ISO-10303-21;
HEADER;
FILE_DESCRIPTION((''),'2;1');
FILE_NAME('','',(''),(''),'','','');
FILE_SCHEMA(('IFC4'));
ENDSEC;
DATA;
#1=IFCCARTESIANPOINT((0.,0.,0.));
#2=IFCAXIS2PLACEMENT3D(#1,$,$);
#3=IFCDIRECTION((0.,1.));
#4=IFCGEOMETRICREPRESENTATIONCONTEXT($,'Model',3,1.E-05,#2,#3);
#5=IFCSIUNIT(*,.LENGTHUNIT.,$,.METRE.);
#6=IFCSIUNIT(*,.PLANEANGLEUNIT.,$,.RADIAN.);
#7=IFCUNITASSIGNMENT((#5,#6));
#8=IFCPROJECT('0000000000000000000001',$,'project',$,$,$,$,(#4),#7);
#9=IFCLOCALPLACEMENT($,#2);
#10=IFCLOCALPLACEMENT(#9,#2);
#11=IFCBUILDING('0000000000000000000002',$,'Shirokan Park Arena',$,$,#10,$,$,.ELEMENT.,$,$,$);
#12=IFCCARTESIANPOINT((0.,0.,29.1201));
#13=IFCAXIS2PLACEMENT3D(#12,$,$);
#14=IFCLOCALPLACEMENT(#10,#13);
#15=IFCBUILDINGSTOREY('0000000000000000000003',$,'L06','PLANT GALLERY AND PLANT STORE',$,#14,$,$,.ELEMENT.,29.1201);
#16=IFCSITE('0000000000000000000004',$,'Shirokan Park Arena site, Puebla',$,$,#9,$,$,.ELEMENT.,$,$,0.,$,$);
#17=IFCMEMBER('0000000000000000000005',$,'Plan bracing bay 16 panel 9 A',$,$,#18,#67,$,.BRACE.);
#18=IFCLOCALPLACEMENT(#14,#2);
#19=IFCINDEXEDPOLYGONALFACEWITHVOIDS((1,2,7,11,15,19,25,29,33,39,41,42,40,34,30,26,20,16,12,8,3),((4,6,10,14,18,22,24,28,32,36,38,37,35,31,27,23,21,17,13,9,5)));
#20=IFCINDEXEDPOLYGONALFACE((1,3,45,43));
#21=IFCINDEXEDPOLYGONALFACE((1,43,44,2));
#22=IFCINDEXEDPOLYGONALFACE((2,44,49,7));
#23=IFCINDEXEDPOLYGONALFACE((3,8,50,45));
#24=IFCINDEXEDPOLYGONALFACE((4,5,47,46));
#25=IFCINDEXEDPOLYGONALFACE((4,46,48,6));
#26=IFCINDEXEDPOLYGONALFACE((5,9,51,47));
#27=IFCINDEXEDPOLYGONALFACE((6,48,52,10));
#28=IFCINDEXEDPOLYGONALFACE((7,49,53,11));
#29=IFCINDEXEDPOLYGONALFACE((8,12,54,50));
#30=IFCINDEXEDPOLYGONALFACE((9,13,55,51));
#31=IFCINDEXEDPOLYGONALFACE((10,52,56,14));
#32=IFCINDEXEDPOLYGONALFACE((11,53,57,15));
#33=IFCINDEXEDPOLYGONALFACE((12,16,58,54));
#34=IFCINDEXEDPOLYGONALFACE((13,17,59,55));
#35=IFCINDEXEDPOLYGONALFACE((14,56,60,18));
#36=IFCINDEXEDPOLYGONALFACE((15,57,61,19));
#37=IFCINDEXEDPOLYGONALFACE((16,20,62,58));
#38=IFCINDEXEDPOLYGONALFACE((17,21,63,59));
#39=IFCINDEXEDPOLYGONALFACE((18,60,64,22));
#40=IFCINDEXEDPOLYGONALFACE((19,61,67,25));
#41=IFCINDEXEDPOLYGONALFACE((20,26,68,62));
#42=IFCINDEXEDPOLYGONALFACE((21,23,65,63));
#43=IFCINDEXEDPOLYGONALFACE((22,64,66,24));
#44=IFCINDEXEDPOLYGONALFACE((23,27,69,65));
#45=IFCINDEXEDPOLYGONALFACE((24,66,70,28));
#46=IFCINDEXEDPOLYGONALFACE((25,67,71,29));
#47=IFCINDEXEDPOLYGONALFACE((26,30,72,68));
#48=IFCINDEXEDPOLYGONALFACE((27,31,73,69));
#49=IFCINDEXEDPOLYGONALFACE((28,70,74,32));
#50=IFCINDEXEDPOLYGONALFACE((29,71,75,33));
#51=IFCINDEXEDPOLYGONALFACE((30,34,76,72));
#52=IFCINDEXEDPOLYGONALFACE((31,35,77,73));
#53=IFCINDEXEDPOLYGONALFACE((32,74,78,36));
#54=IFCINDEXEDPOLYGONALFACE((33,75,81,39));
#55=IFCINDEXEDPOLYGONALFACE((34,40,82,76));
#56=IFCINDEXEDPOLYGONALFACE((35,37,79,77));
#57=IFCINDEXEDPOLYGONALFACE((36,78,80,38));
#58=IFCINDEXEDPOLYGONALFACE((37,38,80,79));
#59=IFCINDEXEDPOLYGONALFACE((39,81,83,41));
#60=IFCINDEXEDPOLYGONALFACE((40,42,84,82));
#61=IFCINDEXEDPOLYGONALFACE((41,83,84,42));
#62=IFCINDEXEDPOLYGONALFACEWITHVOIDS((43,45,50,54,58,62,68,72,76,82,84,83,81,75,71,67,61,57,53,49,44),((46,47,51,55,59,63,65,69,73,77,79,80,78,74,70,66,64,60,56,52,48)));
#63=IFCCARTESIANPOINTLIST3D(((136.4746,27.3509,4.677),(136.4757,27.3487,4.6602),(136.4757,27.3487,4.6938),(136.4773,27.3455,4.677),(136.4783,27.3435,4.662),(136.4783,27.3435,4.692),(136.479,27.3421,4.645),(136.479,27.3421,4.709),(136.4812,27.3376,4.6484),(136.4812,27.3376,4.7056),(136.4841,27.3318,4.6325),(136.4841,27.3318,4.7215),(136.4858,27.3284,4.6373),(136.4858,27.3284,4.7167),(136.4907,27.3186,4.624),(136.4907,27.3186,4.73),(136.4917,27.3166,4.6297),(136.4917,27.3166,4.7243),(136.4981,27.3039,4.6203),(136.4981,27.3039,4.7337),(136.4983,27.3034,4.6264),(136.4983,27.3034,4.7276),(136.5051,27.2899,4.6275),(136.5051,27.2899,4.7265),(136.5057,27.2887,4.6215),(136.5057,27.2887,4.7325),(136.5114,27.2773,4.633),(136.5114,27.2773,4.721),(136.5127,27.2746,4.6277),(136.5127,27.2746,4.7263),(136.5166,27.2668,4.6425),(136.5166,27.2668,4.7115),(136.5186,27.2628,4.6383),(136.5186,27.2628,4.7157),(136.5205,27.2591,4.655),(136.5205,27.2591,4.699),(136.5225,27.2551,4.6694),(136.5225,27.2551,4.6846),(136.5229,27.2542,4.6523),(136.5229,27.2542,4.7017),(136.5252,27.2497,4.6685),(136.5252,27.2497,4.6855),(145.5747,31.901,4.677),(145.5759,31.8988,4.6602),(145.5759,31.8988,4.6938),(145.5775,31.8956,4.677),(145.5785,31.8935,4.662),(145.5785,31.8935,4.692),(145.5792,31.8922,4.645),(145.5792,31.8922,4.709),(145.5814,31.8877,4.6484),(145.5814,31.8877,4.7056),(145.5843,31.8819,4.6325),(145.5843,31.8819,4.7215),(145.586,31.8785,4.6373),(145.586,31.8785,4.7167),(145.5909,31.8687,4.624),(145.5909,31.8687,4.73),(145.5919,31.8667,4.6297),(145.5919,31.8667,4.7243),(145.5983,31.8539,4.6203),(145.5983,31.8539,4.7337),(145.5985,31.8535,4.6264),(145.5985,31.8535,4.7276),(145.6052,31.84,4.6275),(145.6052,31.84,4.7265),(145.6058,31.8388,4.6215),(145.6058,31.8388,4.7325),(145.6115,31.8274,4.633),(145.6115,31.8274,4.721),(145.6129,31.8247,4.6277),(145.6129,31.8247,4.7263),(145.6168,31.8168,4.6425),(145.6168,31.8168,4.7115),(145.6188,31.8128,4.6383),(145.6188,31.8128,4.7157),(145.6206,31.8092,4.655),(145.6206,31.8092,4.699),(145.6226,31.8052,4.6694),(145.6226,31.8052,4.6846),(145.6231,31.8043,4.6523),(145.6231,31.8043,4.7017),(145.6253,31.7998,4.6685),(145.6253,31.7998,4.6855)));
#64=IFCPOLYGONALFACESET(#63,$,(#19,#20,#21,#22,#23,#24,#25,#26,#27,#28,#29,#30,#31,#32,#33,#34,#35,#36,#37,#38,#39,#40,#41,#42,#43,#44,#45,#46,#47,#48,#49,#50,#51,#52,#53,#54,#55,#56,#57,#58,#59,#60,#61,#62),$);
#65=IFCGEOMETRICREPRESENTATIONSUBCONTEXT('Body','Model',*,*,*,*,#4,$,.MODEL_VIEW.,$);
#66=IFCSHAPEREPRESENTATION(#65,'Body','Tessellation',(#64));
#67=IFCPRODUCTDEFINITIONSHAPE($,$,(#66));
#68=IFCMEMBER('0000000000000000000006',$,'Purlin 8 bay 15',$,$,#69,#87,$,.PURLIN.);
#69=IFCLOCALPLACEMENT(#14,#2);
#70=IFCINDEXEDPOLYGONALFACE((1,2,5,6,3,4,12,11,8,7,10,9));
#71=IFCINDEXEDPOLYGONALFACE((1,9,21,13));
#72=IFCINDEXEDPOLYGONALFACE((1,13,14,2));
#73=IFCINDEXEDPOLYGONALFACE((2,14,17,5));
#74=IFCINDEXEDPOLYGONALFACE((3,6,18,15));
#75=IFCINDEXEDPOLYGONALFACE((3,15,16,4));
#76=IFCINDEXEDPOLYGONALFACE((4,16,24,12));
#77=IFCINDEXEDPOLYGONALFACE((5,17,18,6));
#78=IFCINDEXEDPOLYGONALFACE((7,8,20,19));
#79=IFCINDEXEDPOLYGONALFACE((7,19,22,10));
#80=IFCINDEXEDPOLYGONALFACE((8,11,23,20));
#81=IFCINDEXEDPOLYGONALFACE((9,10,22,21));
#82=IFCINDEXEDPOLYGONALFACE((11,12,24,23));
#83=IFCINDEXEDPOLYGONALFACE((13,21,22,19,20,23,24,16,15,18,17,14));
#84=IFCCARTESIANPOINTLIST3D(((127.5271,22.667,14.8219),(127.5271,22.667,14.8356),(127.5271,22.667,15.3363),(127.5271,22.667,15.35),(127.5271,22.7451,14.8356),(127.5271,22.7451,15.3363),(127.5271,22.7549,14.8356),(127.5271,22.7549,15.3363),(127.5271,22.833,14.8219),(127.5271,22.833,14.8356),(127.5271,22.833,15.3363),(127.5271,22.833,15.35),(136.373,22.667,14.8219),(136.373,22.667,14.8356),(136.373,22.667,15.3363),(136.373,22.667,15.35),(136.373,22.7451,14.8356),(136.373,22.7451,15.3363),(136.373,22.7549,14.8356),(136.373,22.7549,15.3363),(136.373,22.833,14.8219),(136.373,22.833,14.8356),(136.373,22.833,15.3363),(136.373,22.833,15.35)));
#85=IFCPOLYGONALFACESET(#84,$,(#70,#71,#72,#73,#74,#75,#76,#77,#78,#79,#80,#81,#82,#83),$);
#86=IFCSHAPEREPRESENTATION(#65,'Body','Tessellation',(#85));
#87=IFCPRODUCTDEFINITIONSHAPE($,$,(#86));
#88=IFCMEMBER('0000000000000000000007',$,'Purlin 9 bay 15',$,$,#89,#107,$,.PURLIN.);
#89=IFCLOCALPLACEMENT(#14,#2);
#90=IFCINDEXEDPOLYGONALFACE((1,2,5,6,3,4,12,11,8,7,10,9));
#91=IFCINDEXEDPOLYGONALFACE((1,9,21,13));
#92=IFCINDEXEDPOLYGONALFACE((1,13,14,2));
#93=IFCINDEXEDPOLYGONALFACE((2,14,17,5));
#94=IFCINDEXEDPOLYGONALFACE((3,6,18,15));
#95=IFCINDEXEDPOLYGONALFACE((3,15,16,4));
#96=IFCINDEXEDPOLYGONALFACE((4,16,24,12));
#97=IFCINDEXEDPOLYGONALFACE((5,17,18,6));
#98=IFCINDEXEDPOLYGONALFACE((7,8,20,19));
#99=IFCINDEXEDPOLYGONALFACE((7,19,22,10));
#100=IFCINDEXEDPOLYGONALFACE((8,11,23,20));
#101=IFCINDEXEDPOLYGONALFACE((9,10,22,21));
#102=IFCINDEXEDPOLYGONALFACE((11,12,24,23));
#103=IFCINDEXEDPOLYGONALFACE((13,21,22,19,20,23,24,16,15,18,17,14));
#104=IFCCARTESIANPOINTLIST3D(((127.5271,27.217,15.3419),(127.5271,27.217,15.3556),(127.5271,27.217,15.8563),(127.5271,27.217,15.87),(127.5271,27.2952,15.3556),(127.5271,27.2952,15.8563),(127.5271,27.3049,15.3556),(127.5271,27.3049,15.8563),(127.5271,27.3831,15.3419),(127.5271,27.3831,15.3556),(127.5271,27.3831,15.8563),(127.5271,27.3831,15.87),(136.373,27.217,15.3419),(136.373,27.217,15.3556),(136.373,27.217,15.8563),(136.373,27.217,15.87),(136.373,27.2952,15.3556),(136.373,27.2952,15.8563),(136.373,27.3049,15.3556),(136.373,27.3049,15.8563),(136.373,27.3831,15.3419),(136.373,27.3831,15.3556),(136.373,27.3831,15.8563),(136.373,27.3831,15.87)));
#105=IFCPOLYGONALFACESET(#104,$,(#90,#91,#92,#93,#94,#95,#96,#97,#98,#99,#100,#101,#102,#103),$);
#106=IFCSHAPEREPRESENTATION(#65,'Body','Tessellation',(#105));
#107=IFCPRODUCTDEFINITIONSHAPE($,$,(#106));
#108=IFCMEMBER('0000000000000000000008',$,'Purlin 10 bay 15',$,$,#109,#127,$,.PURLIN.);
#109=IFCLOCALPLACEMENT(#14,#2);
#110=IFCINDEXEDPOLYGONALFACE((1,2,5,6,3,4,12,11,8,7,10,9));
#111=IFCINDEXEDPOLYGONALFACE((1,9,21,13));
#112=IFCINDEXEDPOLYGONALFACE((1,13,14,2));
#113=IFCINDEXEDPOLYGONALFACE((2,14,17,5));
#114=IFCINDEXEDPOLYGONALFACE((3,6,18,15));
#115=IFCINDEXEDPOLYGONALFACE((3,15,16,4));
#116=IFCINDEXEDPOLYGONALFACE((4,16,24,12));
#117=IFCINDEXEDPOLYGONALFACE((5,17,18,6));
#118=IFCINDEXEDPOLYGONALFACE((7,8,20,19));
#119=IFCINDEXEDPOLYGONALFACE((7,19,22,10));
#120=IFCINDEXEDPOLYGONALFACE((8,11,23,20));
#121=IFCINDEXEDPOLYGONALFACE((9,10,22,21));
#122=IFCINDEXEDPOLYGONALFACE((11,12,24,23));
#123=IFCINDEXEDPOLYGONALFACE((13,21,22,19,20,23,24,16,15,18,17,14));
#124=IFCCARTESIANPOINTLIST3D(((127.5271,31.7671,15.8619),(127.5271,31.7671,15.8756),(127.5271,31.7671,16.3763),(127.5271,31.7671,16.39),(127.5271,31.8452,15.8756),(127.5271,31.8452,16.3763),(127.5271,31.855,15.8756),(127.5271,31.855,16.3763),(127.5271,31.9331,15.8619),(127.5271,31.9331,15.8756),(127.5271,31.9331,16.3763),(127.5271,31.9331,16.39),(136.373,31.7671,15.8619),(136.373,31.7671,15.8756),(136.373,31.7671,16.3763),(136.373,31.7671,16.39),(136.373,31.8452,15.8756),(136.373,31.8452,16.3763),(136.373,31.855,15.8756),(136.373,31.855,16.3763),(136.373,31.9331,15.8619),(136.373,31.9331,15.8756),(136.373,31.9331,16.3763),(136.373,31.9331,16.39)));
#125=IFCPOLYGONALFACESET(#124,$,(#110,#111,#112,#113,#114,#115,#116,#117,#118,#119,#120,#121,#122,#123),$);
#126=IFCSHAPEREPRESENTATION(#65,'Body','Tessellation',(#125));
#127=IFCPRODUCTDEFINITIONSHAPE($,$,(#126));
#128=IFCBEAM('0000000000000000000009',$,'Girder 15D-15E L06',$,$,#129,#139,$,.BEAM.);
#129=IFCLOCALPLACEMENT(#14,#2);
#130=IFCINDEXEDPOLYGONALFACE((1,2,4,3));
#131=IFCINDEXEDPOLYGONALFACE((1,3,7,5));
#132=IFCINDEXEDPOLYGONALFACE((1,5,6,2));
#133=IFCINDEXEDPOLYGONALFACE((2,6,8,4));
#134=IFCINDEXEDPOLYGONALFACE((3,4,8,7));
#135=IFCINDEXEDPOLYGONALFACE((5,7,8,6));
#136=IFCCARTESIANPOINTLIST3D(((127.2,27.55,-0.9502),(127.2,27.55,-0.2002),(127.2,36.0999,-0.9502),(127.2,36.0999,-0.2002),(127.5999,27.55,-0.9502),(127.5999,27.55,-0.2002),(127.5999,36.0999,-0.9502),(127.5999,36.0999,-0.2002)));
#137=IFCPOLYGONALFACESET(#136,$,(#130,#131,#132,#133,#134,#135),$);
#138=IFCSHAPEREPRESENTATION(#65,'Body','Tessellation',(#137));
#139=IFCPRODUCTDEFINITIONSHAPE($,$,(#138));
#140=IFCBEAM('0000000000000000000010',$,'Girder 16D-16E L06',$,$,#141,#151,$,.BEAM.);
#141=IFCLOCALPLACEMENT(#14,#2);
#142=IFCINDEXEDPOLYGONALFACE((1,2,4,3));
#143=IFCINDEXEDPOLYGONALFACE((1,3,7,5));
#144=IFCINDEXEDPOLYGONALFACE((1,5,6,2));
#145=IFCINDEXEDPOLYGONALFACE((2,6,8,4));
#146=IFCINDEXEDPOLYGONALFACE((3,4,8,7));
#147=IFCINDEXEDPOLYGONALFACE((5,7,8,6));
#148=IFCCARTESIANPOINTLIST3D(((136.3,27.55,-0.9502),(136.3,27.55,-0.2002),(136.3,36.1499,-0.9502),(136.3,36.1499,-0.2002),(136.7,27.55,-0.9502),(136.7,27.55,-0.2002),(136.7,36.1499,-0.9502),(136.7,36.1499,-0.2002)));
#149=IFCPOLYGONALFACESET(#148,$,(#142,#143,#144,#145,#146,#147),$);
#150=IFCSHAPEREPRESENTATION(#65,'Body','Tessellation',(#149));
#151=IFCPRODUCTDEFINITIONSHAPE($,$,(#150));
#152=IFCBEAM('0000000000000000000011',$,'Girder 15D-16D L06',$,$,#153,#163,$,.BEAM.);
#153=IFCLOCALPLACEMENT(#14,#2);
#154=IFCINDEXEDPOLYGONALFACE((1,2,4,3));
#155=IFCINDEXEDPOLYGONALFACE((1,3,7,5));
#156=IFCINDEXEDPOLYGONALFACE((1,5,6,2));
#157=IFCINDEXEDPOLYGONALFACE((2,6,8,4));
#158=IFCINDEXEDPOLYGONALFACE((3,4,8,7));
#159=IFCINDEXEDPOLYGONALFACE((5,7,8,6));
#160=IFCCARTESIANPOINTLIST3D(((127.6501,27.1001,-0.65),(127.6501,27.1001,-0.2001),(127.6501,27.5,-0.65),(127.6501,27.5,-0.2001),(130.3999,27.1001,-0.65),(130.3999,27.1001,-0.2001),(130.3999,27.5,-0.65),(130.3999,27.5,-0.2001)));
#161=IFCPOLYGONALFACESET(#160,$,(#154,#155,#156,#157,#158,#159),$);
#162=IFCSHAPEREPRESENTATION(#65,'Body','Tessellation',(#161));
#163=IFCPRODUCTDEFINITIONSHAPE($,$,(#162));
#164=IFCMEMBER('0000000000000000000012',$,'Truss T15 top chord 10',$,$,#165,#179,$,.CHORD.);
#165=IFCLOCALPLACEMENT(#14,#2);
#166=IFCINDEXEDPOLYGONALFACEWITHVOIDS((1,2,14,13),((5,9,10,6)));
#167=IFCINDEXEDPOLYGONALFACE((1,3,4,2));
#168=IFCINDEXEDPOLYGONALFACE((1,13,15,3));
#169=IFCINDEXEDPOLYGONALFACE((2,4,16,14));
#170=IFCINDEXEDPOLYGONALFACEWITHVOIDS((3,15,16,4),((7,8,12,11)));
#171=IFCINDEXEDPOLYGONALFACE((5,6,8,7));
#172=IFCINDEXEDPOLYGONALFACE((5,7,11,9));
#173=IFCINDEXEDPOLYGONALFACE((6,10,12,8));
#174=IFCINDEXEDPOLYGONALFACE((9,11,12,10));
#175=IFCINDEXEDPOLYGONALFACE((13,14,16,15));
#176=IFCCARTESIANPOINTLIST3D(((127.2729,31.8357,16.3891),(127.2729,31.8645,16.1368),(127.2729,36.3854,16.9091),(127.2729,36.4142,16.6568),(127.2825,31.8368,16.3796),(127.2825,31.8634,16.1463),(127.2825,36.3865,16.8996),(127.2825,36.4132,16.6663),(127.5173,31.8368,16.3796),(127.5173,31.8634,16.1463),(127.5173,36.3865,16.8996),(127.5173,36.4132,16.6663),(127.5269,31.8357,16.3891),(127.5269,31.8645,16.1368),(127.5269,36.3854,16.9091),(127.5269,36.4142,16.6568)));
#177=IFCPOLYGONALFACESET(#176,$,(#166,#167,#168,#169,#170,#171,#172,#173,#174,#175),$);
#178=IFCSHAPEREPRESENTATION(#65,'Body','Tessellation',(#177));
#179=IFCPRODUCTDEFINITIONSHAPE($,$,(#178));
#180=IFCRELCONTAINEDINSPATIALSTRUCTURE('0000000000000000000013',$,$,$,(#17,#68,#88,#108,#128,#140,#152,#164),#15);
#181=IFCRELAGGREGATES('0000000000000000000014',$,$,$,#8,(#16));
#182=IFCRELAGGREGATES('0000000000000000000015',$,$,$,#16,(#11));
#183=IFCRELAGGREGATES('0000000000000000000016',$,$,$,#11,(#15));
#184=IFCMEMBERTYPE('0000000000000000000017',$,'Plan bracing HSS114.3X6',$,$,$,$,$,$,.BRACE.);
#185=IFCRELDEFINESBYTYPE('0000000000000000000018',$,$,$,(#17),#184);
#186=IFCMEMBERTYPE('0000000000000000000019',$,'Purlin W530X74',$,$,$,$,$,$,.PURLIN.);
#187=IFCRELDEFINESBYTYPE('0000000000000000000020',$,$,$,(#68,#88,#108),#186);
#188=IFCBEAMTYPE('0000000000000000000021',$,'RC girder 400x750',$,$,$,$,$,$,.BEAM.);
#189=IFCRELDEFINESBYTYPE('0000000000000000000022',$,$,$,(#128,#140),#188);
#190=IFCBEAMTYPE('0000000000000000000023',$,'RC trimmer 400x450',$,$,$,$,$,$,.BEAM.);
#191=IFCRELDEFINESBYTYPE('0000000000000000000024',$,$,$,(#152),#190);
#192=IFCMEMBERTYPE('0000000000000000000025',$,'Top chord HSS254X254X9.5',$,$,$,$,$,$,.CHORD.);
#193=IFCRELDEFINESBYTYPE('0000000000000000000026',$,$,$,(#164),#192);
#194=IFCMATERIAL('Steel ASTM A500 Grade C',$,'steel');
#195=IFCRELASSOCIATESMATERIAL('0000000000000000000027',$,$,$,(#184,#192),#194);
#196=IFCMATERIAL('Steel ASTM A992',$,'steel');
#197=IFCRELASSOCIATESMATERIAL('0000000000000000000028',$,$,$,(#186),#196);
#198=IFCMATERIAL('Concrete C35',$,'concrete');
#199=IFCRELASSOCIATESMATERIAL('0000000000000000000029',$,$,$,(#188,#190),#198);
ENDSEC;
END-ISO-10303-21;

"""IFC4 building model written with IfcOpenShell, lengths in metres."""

from ifc_helpers import new_model, si_unit, direction, frame, origin, origin_2d, place, context, subcontext, project, spatial, rectangle, hollow_rectangle, hollow_circle, i_section, extrude, material, material_profile, profile_set, type_object, element, save


model = new_model("IFC4")

# Units and contexts
model_context = context("Model", 3, precision=1e-05, world=origin(), true_north=direction((0.0, 1.0)))
body_context = subcontext(model_context, "Body", "Model", "MODEL_VIEW")
ifc_project = project(units=[si_unit("LENGTHUNIT", "METRE"), si_unit("PLANEANGLEUNIT", "RADIAN")], contexts=[model_context])

# Site, building, storey
site_placement = place(None, origin())
site = spatial("IfcSite", under=ifc_project, at=site_placement, Name="Shirokan Park Arena site, Puebla", CompositionType="ELEMENT", RefElevation=0.0)
building_placement = place(site_placement, origin())
building = spatial("IfcBuilding", under=site, at=building_placement, Name="Shirokan Park Arena", CompositionType="ELEMENT")
storey_placement = place(building_placement, frame((0.0, 0.0, 29.1201)))
storey = spatial("IfcBuildingStorey", under=building, at=storey_placement, Name="L06", Description="PLANT GALLERY AND PLANT STORE", CompositionType="ELEMENT", Elevation=29.1201)

# Shared definitions
ifc_material_1 = material(Name="Concrete C35", Category="concrete")

# Members
ifc_material_2 = material(Name="Steel ASTM A500 Grade C", Category="steel")
ifc_material_profile_1 = material_profile(ifc_material_2, hollow_circle(Radius=0.0569, WallThickness=0.0061, at=origin_2d()), Name="HSS114.3X6")
ifc_profile_set_1 = profile_set([ifc_material_profile_1], Name="Steel ASTM A500 Grade C")
member_type_1 = type_object("IfcMemberType", Name="Plan bracing HSS114.3X6", PredefinedType="BRACE", material=ifc_profile_set_1)
for number, where, z_axis, x_axis, name in (
    (1, (136.5, 27.3, 4.677), (0.894427, 0.447214, 0.0), (-0.447214, 0.894427, 0.0), "Plan bracing bay 16 panel 9 A"),
):
    element("IfcMember", number, at=place(storey_placement, frame(where, z_axis=z_axis, x_axis=x_axis)), inside=storey, type_object=member_type_1, Name=name, PredefinedType="BRACE", context=body_context, shape_type="SweptSolid", body=[
        extrude(hollow_circle(Radius=0.0569, WallThickness=0.0061, at=origin_2d()), origin(), (0.0, 0.0, 1.0), 10.1743),
    ])
ifc_material_3 = material(Name="Steel ASTM A992", Category="steel")
ifc_material_profile_2 = material_profile(ifc_material_3, i_section(OverallWidth=0.166, OverallDepth=0.5281, WebThickness=0.0098, FlangeThickness=0.0137, at=origin_2d()), Name="W530X74")
ifc_profile_set_2 = profile_set([ifc_material_profile_2], Name="Steel ASTM A992")
member_type_2 = type_object("IfcMemberType", Name="Purlin W530X74", PredefinedType="PURLIN", material=ifc_profile_set_2)
for number, where, z_axis, x_axis, name in (
    (2, (127.5271, 22.75, 15.0859), (1.0, 0.0, 0.0), (0.0, 1.0, 0.0), "Purlin 8 bay 15"),
    (3, (127.5271, 27.3, 15.606), (1.0, 0.0, 0.0), (0.0, 1.0, 0.0), "Purlin 9 bay 15"),
    (4, (127.5271, 31.8501, 16.126), (1.0, 0.0, 0.0), (0.0, 1.0, 0.0), "Purlin 10 bay 15"),
):
    element("IfcMember", number, at=place(storey_placement, frame(where, z_axis=z_axis, x_axis=x_axis)), inside=storey, type_object=member_type_2, Name=name, PredefinedType="PURLIN", context=body_context, shape_type="SweptSolid", body=[
        extrude(i_section(OverallWidth=0.166, OverallDepth=0.5281, WebThickness=0.0098, FlangeThickness=0.0137, at=origin_2d()), origin(), (0.0, 0.0, 1.0), 8.8459),
    ])

# Beams
ifc_material_profile_3 = material_profile(ifc_material_1, rectangle(XDim=0.3999, YDim=0.75, at=origin_2d()), Name="400x750")
ifc_profile_set_3 = profile_set([ifc_material_profile_3], Name="Concrete C35")
beam_type_1 = type_object("IfcBeamType", Name="RC girder 400x750", PredefinedType="BEAM", material=ifc_profile_set_3)
beam_1_placement = place(storey_placement, frame((127.3999, 27.55, -0.5752), z_axis=(0.0, 1.0, 0.0), x_axis=(-1.0, 0.0, 0.0)))
element("IfcBeam", 5, at=beam_1_placement, inside=storey, type_object=beam_type_1, Name="Girder 15D-15E L06", PredefinedType="BEAM", context=body_context, shape_type="SweptSolid", body=[
    extrude(rectangle(XDim=0.3999, YDim=0.75, at=origin_2d()), origin(), (0.0, 0.0, 1.0), 8.5498),
])
beam_2_placement = place(storey_placement, frame((136.5, 27.55, -0.5752), z_axis=(0.0, 1.0, 0.0), x_axis=(-1.0, 0.0, 0.0)))
element("IfcBeam", 6, at=beam_2_placement, inside=storey, type_object=beam_type_1, Name="Girder 16D-16E L06", PredefinedType="BEAM", context=body_context, shape_type="SweptSolid", body=[
    extrude(rectangle(XDim=0.3999, YDim=0.75, at=origin_2d()), origin(), (0.0, 0.0, 1.0), 8.5999),
])
ifc_material_profile_4 = material_profile(ifc_material_1, rectangle(XDim=0.3999, YDim=0.45, at=origin_2d()), Name="400x450")
ifc_profile_set_4 = profile_set([ifc_material_profile_4], Name="Concrete C35")
beam_type_2 = type_object("IfcBeamType", Name="RC trimmer 400x450", PredefinedType="BEAM", material=ifc_profile_set_4)
beam_3_placement = place(storey_placement, frame((127.6501, 27.3, -0.425), z_axis=(1.0, 0.0, 0.0), x_axis=(0.0, 1.0, 0.0)))
element("IfcBeam", 7, at=beam_3_placement, inside=storey, type_object=beam_type_2, Name="Girder 15D-16D L06", PredefinedType="BEAM", context=body_context, shape_type="SweptSolid", body=[
    extrude(rectangle(XDim=0.3999, YDim=0.45, at=origin_2d()), origin(), (0.0, 0.0, 1.0), 2.7498),
])

# Member
ifc_material_profile_5 = material_profile(ifc_material_2, hollow_rectangle(XDim=0.2539, YDim=0.2539, WallThickness=0.0095, at=origin_2d()), Name="HSS254X254X9.5")
ifc_profile_set_5 = profile_set([ifc_material_profile_5], Name="Steel ASTM A500 Grade C")
member_type_3 = type_object("IfcMemberType", Name="Top chord HSS254X254X9.5", PredefinedType="CHORD", material=ifc_profile_set_5)
member_1_placement = place(storey_placement, frame((127.3999, 31.8501, 16.2629), z_axis=(0.0, 0.993532, 0.113556), x_axis=(-1.0, 0.0, 0.0)))
element("IfcMember", 8, at=member_1_placement, inside=storey, type_object=member_type_3, Name="Truss T15 top chord 10", PredefinedType="CHORD", context=body_context, shape_type="SweptSolid", body=[
    extrude(hollow_rectangle(XDim=0.2539, YDim=0.2539, WallThickness=0.0095, at=origin_2d()), origin(), (0.0, 0.0, 1.0), 4.5793),
])

save(model, "model.ifc")
